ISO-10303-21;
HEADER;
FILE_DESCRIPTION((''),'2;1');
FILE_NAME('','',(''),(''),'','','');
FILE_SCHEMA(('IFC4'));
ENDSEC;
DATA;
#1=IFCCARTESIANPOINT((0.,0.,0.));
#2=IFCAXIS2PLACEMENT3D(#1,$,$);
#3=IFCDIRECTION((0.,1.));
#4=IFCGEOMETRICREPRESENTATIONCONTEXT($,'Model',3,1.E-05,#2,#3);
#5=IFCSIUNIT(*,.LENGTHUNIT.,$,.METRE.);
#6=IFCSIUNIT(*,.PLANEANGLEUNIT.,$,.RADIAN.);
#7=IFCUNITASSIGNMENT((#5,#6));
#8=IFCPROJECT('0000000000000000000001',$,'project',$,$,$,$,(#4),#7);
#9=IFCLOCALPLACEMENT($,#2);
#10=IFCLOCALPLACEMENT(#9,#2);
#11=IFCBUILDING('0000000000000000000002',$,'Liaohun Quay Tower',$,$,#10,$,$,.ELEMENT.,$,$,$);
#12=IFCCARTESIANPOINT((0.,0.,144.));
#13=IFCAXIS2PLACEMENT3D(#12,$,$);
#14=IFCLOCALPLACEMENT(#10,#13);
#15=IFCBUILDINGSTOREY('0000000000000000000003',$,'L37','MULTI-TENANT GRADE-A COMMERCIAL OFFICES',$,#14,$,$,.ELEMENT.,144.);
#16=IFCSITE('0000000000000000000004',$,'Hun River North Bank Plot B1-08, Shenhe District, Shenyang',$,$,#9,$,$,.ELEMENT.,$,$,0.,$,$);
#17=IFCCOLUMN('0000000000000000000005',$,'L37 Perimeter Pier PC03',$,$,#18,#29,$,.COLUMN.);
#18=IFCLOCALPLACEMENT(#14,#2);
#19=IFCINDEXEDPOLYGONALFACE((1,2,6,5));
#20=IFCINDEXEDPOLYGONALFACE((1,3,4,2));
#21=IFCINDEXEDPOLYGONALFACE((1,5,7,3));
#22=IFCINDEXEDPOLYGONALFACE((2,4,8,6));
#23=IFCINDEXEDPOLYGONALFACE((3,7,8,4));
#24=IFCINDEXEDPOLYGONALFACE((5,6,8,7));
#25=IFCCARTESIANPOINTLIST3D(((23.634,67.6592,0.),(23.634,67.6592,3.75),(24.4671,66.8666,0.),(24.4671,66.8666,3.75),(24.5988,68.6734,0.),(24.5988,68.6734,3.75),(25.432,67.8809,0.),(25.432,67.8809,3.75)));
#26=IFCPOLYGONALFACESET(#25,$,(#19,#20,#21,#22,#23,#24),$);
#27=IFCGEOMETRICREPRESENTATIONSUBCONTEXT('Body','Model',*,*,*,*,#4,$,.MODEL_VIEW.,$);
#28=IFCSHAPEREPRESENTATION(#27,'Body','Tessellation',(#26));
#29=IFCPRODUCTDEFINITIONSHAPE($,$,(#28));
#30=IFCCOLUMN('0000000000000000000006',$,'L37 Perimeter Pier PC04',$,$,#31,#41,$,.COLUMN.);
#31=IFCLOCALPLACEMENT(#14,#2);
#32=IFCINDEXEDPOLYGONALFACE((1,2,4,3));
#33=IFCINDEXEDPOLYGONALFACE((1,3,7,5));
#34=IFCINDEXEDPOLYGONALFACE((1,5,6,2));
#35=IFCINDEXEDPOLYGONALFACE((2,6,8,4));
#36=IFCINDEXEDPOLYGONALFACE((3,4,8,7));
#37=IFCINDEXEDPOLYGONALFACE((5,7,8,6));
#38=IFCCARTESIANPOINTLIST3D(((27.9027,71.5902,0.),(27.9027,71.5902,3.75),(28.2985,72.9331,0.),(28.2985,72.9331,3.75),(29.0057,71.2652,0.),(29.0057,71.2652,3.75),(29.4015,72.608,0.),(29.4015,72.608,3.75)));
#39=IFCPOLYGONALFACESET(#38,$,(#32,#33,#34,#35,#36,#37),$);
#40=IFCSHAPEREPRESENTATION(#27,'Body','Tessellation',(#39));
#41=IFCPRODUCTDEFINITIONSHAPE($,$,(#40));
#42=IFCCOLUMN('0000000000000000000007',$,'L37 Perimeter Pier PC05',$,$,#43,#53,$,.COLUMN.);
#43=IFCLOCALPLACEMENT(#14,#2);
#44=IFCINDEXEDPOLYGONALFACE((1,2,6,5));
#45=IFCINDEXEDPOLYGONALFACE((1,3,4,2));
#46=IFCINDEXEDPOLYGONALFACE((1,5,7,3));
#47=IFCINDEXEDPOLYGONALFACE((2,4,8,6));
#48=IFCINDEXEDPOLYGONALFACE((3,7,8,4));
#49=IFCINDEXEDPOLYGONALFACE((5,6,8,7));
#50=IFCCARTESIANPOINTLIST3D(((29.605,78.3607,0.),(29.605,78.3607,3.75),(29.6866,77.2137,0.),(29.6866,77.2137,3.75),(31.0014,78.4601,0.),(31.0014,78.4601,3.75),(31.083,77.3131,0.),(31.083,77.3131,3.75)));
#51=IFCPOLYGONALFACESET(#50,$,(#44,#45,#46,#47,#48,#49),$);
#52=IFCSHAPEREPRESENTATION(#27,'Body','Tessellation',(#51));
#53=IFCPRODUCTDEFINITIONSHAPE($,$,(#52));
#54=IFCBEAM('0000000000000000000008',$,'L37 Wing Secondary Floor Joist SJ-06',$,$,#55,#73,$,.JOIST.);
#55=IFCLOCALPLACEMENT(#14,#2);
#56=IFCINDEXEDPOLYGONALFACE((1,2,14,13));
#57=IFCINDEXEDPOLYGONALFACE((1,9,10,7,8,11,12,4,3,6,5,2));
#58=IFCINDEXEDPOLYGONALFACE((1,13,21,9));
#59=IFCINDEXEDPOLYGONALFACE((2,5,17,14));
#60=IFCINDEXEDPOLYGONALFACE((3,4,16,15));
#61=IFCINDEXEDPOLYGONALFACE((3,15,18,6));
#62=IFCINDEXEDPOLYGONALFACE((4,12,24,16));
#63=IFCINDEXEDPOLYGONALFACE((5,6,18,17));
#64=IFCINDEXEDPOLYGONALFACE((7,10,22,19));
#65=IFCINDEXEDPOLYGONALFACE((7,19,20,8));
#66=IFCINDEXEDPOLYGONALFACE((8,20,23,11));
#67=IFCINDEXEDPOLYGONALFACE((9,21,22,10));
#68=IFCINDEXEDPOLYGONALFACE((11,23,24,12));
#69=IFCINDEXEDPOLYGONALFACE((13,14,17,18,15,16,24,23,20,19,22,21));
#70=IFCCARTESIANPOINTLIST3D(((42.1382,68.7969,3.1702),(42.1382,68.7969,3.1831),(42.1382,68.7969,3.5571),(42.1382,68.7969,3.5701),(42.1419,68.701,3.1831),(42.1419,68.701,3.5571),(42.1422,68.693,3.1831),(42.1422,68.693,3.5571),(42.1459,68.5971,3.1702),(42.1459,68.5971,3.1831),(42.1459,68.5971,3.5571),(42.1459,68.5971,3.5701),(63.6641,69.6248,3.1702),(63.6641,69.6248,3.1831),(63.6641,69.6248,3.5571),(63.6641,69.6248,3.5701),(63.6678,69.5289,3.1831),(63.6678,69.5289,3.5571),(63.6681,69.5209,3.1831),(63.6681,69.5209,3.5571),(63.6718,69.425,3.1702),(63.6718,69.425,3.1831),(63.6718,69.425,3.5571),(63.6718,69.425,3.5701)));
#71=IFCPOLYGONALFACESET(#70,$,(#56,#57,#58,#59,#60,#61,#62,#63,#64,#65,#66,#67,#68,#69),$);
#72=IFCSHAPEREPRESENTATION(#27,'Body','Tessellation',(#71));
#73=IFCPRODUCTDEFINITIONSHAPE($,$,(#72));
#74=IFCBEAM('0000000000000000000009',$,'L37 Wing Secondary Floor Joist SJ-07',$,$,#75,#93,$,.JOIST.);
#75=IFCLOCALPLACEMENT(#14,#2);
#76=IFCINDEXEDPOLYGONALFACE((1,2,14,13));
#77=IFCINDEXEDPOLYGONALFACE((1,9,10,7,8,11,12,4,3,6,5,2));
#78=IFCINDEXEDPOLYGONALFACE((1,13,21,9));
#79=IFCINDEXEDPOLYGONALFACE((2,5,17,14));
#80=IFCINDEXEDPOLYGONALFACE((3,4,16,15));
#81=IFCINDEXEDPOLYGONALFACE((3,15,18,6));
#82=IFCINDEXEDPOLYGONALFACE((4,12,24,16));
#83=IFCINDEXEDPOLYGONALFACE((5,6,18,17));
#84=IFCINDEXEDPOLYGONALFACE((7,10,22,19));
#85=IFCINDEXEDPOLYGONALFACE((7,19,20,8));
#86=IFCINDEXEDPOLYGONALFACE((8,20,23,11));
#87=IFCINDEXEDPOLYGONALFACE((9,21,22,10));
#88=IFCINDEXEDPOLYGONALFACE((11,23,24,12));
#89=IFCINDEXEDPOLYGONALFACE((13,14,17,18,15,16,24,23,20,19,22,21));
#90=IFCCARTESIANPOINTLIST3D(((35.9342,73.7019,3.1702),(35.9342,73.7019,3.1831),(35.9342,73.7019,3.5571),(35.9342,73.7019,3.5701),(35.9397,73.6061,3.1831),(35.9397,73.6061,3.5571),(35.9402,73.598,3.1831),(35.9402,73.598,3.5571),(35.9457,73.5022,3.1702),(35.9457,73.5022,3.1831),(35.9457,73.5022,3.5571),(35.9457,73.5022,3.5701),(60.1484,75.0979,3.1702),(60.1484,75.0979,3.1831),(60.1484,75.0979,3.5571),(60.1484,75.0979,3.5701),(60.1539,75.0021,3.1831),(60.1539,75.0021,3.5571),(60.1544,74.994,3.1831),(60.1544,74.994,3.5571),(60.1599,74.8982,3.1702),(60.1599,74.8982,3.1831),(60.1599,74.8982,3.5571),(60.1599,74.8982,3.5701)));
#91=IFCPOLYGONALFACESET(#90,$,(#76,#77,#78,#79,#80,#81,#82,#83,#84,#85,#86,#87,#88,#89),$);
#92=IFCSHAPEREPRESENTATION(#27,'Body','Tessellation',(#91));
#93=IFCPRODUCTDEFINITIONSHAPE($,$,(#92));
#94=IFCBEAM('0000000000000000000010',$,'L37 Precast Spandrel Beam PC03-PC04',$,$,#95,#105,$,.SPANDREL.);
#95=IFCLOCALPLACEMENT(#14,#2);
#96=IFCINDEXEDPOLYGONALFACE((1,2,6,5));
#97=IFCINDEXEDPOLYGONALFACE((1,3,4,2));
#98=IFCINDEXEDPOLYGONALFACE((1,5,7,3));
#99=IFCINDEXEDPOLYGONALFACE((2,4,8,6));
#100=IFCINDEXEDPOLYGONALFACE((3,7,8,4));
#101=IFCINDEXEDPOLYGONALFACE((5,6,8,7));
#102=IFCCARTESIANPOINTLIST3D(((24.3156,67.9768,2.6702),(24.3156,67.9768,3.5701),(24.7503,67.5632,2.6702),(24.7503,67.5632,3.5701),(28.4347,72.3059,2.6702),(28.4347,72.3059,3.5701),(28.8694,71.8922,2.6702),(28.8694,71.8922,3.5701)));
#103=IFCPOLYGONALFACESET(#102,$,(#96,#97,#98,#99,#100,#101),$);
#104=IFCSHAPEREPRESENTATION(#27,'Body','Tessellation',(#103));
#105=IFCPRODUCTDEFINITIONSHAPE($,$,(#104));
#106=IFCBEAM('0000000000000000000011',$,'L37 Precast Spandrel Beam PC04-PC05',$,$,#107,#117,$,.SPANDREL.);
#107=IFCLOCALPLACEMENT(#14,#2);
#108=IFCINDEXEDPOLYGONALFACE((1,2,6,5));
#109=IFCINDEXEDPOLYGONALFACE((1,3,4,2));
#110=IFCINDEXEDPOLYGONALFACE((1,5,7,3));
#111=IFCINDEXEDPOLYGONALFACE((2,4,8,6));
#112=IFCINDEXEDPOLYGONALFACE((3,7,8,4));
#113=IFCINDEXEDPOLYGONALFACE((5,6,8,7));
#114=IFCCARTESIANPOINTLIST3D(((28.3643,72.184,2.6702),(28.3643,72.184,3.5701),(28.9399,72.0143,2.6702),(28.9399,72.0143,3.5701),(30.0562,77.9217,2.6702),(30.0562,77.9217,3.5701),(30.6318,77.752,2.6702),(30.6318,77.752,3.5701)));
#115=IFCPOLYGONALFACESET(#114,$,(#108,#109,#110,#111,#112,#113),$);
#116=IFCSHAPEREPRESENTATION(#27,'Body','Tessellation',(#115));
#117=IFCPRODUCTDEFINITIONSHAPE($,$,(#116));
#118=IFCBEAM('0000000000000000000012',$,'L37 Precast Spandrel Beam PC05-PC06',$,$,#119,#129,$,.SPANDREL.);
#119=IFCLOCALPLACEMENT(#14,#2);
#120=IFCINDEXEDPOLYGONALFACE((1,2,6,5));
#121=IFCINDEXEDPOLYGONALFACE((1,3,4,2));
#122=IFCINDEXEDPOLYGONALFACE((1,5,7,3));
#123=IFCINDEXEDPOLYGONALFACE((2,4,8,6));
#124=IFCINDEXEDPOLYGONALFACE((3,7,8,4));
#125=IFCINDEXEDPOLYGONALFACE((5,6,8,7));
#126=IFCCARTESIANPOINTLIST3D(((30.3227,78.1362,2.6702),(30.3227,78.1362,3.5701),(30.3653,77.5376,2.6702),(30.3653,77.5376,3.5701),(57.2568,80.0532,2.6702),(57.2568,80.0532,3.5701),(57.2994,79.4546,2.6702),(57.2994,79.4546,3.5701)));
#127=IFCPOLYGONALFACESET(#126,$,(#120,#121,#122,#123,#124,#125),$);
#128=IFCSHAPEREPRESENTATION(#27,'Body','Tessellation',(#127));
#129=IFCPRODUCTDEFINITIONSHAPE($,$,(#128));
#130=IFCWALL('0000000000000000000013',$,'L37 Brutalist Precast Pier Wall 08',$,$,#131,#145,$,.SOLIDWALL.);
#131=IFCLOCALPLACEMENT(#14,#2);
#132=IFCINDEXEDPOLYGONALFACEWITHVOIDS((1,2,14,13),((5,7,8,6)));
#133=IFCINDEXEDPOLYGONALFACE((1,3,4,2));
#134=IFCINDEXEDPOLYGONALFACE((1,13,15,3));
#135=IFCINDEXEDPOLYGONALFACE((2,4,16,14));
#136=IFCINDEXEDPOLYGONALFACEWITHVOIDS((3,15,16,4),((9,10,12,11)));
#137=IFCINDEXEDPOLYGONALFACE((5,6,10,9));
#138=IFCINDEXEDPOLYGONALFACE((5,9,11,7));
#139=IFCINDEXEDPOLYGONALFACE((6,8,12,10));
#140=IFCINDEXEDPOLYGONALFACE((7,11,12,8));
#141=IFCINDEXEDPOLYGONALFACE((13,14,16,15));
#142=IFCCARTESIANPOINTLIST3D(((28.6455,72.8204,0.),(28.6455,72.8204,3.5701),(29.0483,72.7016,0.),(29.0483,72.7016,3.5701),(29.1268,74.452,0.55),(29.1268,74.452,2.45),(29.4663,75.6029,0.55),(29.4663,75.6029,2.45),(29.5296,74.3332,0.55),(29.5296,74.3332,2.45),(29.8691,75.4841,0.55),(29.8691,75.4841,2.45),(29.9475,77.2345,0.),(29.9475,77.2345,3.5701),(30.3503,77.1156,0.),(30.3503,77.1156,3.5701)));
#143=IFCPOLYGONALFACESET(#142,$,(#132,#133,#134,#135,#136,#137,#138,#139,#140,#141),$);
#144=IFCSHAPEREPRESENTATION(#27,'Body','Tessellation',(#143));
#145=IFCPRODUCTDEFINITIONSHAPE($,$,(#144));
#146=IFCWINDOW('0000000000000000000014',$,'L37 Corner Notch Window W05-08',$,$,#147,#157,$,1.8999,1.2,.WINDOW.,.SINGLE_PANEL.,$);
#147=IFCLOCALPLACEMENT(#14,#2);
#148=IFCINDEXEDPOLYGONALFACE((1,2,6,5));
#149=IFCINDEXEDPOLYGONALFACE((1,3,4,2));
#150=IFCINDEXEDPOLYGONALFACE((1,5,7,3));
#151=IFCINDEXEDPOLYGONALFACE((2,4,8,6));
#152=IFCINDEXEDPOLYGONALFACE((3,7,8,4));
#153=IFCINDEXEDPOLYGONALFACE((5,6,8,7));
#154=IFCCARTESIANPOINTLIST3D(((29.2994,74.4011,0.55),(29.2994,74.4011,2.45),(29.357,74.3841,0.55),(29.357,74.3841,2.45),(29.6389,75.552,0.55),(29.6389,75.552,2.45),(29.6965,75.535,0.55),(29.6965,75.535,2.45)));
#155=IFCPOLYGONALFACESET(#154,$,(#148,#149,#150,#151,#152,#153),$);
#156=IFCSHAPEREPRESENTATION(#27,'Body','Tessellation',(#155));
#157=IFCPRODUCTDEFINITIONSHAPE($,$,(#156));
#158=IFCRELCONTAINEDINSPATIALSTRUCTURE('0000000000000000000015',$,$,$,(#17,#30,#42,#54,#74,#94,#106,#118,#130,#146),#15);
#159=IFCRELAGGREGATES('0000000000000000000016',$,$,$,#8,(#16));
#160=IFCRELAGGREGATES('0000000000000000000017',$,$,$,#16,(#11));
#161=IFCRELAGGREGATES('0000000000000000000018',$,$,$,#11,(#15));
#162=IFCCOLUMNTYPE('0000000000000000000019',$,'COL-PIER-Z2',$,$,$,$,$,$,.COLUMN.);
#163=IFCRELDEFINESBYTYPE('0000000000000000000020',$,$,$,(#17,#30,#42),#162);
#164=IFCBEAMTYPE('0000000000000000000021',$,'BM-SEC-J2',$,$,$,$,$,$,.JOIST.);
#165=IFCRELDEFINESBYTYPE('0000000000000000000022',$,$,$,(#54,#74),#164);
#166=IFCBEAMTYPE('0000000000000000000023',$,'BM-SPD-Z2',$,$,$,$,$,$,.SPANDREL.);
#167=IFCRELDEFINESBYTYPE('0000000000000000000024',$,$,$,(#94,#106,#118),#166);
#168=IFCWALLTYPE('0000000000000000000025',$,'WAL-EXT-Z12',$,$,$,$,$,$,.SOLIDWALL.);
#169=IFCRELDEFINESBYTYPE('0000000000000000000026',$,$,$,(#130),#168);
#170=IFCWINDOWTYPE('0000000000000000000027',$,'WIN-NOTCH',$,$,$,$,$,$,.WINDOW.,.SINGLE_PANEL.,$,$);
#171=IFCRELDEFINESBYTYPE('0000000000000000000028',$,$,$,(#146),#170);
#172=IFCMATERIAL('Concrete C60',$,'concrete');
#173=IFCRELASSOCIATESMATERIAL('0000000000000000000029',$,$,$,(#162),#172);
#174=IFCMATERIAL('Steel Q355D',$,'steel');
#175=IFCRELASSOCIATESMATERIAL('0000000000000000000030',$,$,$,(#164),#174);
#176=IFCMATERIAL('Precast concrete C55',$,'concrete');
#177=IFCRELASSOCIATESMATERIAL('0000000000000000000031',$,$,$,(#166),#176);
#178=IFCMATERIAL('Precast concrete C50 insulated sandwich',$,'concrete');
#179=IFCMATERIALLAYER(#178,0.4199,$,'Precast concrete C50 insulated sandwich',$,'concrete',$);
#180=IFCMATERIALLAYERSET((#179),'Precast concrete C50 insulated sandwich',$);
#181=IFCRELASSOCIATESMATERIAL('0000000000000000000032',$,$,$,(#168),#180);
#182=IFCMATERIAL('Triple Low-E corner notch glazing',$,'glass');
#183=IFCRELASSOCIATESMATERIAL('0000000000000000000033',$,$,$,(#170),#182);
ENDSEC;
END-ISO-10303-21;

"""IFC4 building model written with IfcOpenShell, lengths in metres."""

from ifc_helpers import new_model, si_unit, direction, frame, frame_2d, origin, origin_2d, place, context, subcontext, project, spatial, rectangle, i_section, extrude, source, transform, mapped, material, layer, layer_set, material_profile, profile_set, type_object, element, fill, save


model = new_model("IFC4")

# Units and contexts
model_context = context("Model", 3, precision=1e-05, world=origin(), true_north=direction((0.0, 1.0)))
body_context = subcontext(model_context, "Body", "Model", "MODEL_VIEW")
ifc_project = project(units=[si_unit("LENGTHUNIT", "METRE"), si_unit("PLANEANGLEUNIT", "RADIAN")], contexts=[model_context])

# Site, building, storey
site_placement = place(None, origin())
site = spatial("IfcSite", under=ifc_project, at=site_placement, Name="Hun River North Bank Plot B1-08, Shenhe District, Shenyang", CompositionType="ELEMENT", RefElevation=0.0)
building_placement = place(site_placement, origin())
building = spatial("IfcBuilding", under=site, at=building_placement, Name="Liaohun Quay Tower", CompositionType="ELEMENT")
storey_placement = place(building_placement, frame((0.0, 0.0, 144.0)))
storey = spatial("IfcBuildingStorey", under=building, at=storey_placement, Name="L37", Description="MULTI-TENANT GRADE-A COMMERCIAL OFFICES", CompositionType="ELEMENT", Elevation=144.0)

# Columns
ifc_material_1 = material(Name="Concrete C60", Category="concrete")
ifc_material_profile_1 = material_profile(ifc_material_1, rectangle(XDim=1.3999, YDim=1.1499, at=origin_2d()), Name="RC1400x1150")
ifc_profile_set_1 = profile_set([ifc_material_profile_1], Name="Concrete C60")
column_type = type_object("IfcColumnType", Name="COL-PIER-Z2", PredefinedType="COLUMN", material=ifc_profile_set_1)
shared_shape_1 = source(origin(), body_context, "Body", "SweptSolid", [
    extrude(rectangle(XDim=1.3999, YDim=1.1499, at=origin_2d()), origin(), (0.0, 0.0, 1.0), 3.75),
])
for number, where, z_axis, x_axis, name in (
    (1, (24.533, 67.77, 0.0), (0.0, 0.0, 1.0), (0.68924, 0.724533, 0.0), "L37 Perimeter Pier PC03"),
    (2, (28.6521, 72.0991, 0.0), (0.0, 0.0, 1.0), (0.282676, 0.959215, 0.0), "L37 Perimeter Pier PC04"),
    (3, (30.344, 77.8369, 0.0), (0.0, 0.0, 1.0), (0.997478, 0.070975, 0.0), "L37 Perimeter Pier PC05"),
):
    element("IfcColumn", number, at=place(storey_placement, frame(where, z_axis=z_axis, x_axis=x_axis)), inside=storey, type_object=column_type, Name=name, PredefinedType="COLUMN", context=body_context, shape_type="MappedRepresentation", body=[
        mapped(shared_shape_1, transform((0.0, 0.0, 0.0), x_axis=(1.0, 0.0, 0.0), y_axis=(0.0, 1.0, 0.0), z_axis=(0.0, 0.0, 1.0), scale=1.0)),
    ])

# Beams
ifc_material_2 = material(Name="Steel Q355D", Category="steel")
ifc_material_profile_2 = material_profile(ifc_material_2, i_section(OverallWidth=0.2, OverallDepth=0.3999, WebThickness=0.0081, FlangeThickness=0.0129, at=origin_2d()), Name="HN400x200x8x13")
ifc_profile_set_2 = profile_set([ifc_material_profile_2], Name="Steel Q355D")
beam_type_1 = type_object("IfcBeamType", Name="BM-SEC-J2", PredefinedType="JOIST", material=ifc_profile_set_2)
shared_shape_2 = source(origin(), body_context, "Body", "SweptSolid", [
    extrude(i_section(OverallWidth=0.2, OverallDepth=0.3999, WebThickness=0.0081, FlangeThickness=0.0129, at=origin_2d()), origin(), (0.0, 0.0, 1.0), 21.5417),
])
beam_1_placement = place(storey_placement, frame((42.1421, 68.697, 3.3701), z_axis=(0.999261, 0.038431, 0.0), x_axis=(-0.038431, 0.999261, 0.0)))
element("IfcBeam", 4, at=beam_1_placement, inside=storey, type_object=beam_type_1, Name="L37 Wing Secondary Floor Joist SJ-06", PredefinedType="JOIST", context=body_context, shape_type="MappedRepresentation", body=[
    mapped(shared_shape_2, transform((0.0, 0.0, 0.0), x_axis=(1.0, 0.0, 0.0), y_axis=(0.0, 1.0, 0.0), z_axis=(0.0, 0.0, 1.0), scale=1.0)),
])
shared_shape_3 = source(origin(), body_context, "Body", "SweptSolid", [
    extrude(i_section(OverallWidth=0.2, OverallDepth=0.3999, WebThickness=0.0081, FlangeThickness=0.0129, at=origin_2d()), origin(), (0.0, 0.0, 1.0), 24.2544),
])
beam_2_placement = place(storey_placement, frame((35.9399, 73.6021, 3.3701), z_axis=(0.998342, 0.057557, 0.0), x_axis=(-0.057557, 0.998342, 0.0)))
element("IfcBeam", 5, at=beam_2_placement, inside=storey, type_object=beam_type_1, Name="L37 Wing Secondary Floor Joist SJ-07", PredefinedType="JOIST", context=body_context, shape_type="MappedRepresentation", body=[
    mapped(shared_shape_3, transform((0.0, 0.0, 0.0), x_axis=(1.0, 0.0, 0.0), y_axis=(0.0, 1.0, 0.0), z_axis=(0.0, 0.0, 1.0), scale=1.0)),
])
ifc_material_3 = material(Name="Precast concrete C55", Category="concrete")
ifc_material_profile_3 = material_profile(ifc_material_3, rectangle(XDim=0.6001, YDim=0.8999, at=origin_2d()), Name="RC600x900")
ifc_profile_set_3 = profile_set([ifc_material_profile_3], Name="Precast concrete C55")
beam_type_2 = type_object("IfcBeamType", Name="BM-SPD-Z2", PredefinedType="SPANDREL", material=ifc_profile_set_3)
shared_shape_4 = source(origin(), body_context, "Body", "SweptSolid", [
    extrude(rectangle(XDim=0.6001, YDim=0.8999, at=origin_2d()), origin(), (0.0, 0.0, 1.0), 5.9756),
])
beam_3_placement = place(storey_placement, frame((24.533, 67.77, 3.1201), z_axis=(0.68932, 0.724457, 0.0), x_axis=(-0.724457, 0.68932, 0.0)))
element("IfcBeam", 6, at=beam_3_placement, inside=storey, type_object=beam_type_2, Name="L37 Precast Spandrel Beam PC03-PC04", PredefinedType="SPANDREL", context=body_context, shape_type="MappedRepresentation", body=[
    mapped(shared_shape_4, transform((0.0, 0.0, 0.0), x_axis=(1.0, 0.0, 0.0), y_axis=(0.0, 1.0, 0.0), z_axis=(0.0, 0.0, 1.0), scale=1.0)),
])
shared_shape_5 = source(origin(), body_context, "Body", "SweptSolid", [
    extrude(rectangle(XDim=0.6001, YDim=0.8999, at=origin_2d()), origin(), (0.0, 0.0, 1.0), 5.9819),
])
beam_4_placement = place(storey_placement, frame((28.6521, 72.0991, 3.1201), z_axis=(0.282829, 0.95917, 0.0), x_axis=(-0.95917, 0.282829, 0.0)))
element("IfcBeam", 7, at=beam_4_placement, inside=storey, type_object=beam_type_2, Name="L37 Precast Spandrel Beam PC04-PC05", PredefinedType="SPANDREL", context=body_context, shape_type="MappedRepresentation", body=[
    mapped(shared_shape_5, transform((0.0, 0.0, 0.0), x_axis=(1.0, 0.0, 0.0), y_axis=(0.0, 1.0, 0.0), z_axis=(0.0, 0.0, 1.0), scale=1.0)),
])
shared_shape_6 = source(origin(), body_context, "Body", "SweptSolid", [
    extrude(rectangle(XDim=0.6001, YDim=0.8999, at=origin_2d()), origin(), (0.0, 0.0, 1.0), 27.0022),
])
beam_5_placement = place(storey_placement, frame((30.344, 77.8369, 3.1201), z_axis=(0.997477, 0.070994, 0.0), x_axis=(-0.070994, 0.997477, 0.0)))
element("IfcBeam", 8, at=beam_5_placement, inside=storey, type_object=beam_type_2, Name="L37 Precast Spandrel Beam PC05-PC06", PredefinedType="SPANDREL", context=body_context, shape_type="MappedRepresentation", body=[
    mapped(shared_shape_6, transform((0.0, 0.0, 0.0), x_axis=(1.0, 0.0, 0.0), y_axis=(0.0, 1.0, 0.0), z_axis=(0.0, 0.0, 1.0), scale=1.0)),
])

# Wall, opening, window
ifc_material_4 = material(Name="Precast concrete C50 insulated sandwich", Category="concrete")
ifc_layer_1 = layer(ifc_material_4, 0.4199, Name="Precast concrete C50 insulated sandwich", Category="concrete")
ifc_layer_set_1 = layer_set([ifc_layer_1], Name="Precast concrete C50 insulated sandwich")
wall_type_1 = type_object("IfcWallType", Name="WAL-EXT-Z12", PredefinedType="SOLIDWALL", material=ifc_layer_set_1)
wall_1_placement = place(storey_placement, frame((30.1489, 77.175, 0.0), z_axis=(0.0, 0.0, 1.0), x_axis=(-0.282916, -0.959145, 0.0)))
wall_1 = element("IfcWall", 9, at=wall_1_placement, inside=storey, type_object=wall_type_1, Name="L37 Brutalist Precast Pier Wall 08", PredefinedType="SOLIDWALL", context=body_context, shape_type="SweptSolid", body=[
    extrude(rectangle(XDim=4.6021, YDim=0.4199, at=frame_2d((2.301, 0.0))), origin(), (0.0, 0.0, 1.0), 3.5701),
])
shared_shape_7 = source(origin(), body_context, "Body", "SweptSolid", [
    extrude(rectangle(XDim=1.2, YDim=1.8999, at=frame_2d((0.6001, 0.95))), frame((0.0, 0.22, 0.0), z_axis=(0.0, -1.0, 0.0), x_axis=(1.0, 0.0, 0.0)), (0.0, 0.0, 1.0), 0.4399),
])
opening_1_placement = place(wall_1_placement, frame((1.7009, 0.0, 0.55)))
opening_1 = element("IfcOpeningElement", 10, at=opening_1_placement, cuts=wall_1, PredefinedType="OPENING", context=body_context, shape_type="MappedRepresentation", body=[
    mapped(shared_shape_7, transform((0.0, 0.0, 0.0), x_axis=(1.0, 0.0, 0.0), y_axis=(0.0, 1.0, 0.0), z_axis=(0.0, 0.0, 1.0), scale=1.0)),
])
ifc_material_5 = material(Name="Triple Low-E corner notch glazing", Category="glass")
window_type_1 = type_object("IfcWindowType", Name="WIN-NOTCH", PartitioningType="SINGLE_PANEL", PredefinedType="WINDOW", material=ifc_material_5)
shared_shape_8 = source(origin(), body_context, "Body", "SweptSolid", [
    extrude(rectangle(XDim=1.2, YDim=1.8999, at=frame_2d((0.6001, 0.95))), frame((0.0, 0.03, 0.0), z_axis=(0.0, -1.0, 0.0), x_axis=(1.0, 0.0, 0.0)), (0.0, 0.0, 1.0), 0.0601),
])
window_1_placement = place(opening_1_placement, origin())
window_1 = element("IfcWindow", 11, at=window_1_placement, inside=storey, type_object=window_type_1, Name="L37 Corner Notch Window W05-08", OverallHeight=1.8999, OverallWidth=1.2, PartitioningType="SINGLE_PANEL", PredefinedType="WINDOW", context=body_context, shape_type="MappedRepresentation", body=[
    mapped(shared_shape_8, transform((0.0, 0.0, 0.0), x_axis=(1.0, 0.0, 0.0), y_axis=(0.0, 1.0, 0.0), z_axis=(0.0, 0.0, 1.0), scale=1.0)),
])
fill(opening_1, window_1)

save(model, "model.ifc")
